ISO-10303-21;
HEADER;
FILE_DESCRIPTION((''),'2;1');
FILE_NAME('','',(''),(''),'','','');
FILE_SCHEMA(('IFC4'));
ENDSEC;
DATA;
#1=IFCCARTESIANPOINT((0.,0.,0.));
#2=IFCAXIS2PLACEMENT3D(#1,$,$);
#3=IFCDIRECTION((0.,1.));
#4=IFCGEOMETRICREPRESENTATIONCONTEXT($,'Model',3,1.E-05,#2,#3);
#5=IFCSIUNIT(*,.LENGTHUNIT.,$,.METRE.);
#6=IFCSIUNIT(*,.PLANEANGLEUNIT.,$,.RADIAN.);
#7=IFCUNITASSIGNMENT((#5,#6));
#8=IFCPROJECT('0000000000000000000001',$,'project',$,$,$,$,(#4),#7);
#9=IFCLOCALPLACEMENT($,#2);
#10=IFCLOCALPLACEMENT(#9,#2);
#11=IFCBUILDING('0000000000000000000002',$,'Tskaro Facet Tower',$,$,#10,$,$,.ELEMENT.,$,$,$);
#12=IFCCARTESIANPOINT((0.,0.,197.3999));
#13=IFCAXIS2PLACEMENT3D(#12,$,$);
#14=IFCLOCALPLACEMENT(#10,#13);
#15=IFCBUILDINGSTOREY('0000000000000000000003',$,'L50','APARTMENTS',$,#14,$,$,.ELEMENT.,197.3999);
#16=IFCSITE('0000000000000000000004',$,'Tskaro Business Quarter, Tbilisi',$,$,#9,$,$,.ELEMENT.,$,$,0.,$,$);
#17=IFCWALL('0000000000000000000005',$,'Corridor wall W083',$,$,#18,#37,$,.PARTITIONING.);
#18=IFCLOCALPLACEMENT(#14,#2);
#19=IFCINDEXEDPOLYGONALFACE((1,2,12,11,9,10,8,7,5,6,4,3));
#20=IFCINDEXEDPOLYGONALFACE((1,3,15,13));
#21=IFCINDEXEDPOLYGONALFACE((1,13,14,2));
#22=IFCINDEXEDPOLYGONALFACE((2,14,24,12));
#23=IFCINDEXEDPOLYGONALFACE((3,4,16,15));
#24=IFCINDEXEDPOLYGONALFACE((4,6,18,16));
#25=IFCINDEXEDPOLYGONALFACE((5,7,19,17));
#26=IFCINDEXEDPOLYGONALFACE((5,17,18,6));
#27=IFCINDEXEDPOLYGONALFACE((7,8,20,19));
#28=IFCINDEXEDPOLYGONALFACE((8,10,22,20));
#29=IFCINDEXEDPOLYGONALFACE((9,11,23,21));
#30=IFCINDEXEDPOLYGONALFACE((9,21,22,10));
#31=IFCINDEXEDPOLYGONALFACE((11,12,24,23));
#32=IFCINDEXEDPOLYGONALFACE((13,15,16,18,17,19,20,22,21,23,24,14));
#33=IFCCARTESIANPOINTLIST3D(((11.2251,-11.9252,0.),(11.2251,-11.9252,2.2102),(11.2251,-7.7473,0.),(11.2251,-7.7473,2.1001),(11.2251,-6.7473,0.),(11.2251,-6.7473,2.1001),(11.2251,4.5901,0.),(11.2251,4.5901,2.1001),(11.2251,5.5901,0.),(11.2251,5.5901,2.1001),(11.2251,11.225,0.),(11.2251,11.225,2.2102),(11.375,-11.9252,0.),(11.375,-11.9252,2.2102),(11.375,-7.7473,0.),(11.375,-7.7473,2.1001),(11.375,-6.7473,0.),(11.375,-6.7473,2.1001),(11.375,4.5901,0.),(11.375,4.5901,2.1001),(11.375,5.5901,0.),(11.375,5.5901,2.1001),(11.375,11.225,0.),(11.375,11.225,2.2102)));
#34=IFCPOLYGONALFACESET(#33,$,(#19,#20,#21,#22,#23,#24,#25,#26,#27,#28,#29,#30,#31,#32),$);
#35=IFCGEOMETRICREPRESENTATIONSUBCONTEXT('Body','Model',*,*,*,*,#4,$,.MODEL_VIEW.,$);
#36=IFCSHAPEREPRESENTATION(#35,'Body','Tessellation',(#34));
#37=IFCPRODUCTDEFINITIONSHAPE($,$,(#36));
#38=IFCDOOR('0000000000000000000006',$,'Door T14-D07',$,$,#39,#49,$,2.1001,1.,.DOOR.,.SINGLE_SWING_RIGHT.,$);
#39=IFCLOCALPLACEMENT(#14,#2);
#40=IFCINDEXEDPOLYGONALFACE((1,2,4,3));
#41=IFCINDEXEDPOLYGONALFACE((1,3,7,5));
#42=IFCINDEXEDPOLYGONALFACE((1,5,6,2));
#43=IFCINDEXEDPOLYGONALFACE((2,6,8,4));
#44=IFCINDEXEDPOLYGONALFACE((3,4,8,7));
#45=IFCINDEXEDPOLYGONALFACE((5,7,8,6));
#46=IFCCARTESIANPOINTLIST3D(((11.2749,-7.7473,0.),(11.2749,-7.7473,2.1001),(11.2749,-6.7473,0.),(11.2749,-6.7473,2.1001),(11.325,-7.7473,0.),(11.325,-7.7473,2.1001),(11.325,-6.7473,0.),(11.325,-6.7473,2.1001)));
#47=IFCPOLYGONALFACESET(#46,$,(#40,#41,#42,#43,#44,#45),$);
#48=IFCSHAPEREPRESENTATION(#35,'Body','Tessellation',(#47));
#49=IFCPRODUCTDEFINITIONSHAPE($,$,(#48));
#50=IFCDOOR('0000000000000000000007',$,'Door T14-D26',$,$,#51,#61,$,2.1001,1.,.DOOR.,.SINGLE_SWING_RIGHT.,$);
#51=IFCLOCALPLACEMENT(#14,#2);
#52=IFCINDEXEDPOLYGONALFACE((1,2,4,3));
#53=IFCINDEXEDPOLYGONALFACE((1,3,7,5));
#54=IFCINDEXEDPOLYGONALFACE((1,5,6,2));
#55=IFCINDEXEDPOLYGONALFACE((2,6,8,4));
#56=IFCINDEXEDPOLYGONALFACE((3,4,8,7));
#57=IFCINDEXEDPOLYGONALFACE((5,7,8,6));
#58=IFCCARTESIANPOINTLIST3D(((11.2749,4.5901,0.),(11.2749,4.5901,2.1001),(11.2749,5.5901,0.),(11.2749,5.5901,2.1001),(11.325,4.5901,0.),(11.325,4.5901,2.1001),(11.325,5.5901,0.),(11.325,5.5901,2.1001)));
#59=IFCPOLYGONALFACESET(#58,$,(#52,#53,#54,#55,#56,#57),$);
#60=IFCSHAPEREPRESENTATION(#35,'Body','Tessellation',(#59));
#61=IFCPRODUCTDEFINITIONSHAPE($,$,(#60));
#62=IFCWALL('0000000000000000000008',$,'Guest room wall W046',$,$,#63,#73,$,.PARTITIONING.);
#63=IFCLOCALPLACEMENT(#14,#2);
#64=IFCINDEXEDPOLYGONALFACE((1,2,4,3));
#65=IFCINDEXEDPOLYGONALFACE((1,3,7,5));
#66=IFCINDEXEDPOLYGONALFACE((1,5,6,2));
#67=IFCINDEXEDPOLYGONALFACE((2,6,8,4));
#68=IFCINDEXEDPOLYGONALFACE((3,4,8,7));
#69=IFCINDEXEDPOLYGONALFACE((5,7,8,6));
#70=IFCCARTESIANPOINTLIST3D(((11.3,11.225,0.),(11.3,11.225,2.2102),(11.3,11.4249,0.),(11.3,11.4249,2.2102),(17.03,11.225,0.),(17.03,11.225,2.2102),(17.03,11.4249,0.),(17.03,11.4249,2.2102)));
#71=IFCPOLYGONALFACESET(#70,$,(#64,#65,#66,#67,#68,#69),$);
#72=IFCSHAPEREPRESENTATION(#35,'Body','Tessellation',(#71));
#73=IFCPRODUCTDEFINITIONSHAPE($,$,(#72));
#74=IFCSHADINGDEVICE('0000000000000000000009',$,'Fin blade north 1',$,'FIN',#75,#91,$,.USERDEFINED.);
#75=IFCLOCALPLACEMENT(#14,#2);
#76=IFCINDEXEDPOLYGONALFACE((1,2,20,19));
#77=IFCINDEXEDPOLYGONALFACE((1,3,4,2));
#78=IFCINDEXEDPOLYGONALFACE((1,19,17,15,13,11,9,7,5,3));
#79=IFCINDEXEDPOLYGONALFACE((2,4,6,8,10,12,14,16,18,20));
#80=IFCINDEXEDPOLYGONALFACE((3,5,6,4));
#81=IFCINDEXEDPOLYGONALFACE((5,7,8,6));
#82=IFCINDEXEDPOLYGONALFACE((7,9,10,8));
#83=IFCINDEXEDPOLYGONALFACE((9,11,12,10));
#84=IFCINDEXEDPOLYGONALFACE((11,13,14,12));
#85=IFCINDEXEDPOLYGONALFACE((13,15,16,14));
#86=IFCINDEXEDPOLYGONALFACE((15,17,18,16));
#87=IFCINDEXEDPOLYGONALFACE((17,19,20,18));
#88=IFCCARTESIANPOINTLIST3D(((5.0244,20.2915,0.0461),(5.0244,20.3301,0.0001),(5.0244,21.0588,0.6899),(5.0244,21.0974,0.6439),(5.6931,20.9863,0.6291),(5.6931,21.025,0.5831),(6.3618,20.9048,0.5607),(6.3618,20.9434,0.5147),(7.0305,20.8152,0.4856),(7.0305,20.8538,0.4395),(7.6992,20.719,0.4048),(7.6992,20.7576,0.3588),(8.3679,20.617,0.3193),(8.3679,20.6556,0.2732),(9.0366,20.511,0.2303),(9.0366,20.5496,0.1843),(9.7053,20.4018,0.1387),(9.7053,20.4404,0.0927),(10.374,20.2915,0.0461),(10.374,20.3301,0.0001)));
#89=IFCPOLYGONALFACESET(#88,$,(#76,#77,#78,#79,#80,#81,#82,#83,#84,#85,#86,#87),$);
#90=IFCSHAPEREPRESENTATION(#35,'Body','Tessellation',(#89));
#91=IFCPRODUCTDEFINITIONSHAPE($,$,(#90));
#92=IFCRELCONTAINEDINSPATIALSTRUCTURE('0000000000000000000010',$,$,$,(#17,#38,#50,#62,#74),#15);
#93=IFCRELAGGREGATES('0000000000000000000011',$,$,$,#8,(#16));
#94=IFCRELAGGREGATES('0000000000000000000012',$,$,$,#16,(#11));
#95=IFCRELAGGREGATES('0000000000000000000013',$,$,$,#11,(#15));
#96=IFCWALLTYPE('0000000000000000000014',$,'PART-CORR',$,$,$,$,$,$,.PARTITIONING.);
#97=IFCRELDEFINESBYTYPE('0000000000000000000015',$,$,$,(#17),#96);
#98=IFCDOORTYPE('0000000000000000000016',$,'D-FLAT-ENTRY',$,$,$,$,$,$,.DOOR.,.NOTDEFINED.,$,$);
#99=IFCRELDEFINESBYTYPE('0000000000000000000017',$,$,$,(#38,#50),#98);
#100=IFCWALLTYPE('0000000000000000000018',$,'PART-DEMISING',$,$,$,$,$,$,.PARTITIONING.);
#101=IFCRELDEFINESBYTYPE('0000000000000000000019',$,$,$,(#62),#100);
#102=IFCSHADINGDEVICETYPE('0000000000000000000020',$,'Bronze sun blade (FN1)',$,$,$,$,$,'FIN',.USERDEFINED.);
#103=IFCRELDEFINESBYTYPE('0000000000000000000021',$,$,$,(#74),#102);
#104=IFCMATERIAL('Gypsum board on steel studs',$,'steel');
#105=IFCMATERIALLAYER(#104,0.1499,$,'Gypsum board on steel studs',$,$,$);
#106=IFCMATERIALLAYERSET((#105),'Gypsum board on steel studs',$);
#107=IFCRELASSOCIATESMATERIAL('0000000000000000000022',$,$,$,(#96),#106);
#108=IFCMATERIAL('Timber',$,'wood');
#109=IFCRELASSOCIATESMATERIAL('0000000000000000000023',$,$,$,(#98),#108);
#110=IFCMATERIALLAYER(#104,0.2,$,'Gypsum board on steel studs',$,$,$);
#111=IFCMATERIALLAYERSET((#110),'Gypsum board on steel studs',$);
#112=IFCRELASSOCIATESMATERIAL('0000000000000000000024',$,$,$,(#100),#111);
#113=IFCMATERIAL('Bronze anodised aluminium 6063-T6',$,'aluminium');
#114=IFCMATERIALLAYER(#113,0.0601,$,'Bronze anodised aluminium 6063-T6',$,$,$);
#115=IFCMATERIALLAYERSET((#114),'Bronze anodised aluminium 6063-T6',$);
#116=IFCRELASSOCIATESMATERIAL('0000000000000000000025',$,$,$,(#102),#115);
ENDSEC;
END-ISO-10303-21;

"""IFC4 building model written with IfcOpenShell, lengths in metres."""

from ifc_helpers import new_model, si_unit, direction, frame, frame_2d, origin, place, context, subcontext, project, spatial, polyline, rectangle, outline, extrude, material, layer, layer_set, type_object, element, fill, save


model = new_model("IFC4")

# Units and contexts
model_context = context("Model", 3, precision=1e-05, world=origin(), true_north=direction((0.0, 1.0)))
body_context = subcontext(model_context, "Body", "Model", "MODEL_VIEW")
ifc_project = project(units=[si_unit("LENGTHUNIT", "METRE"), si_unit("PLANEANGLEUNIT", "RADIAN")], contexts=[model_context])

# Site, building, storey
site_placement = place(None, origin())
site = spatial("IfcSite", under=ifc_project, at=site_placement, Name="Tskaro Business Quarter, Tbilisi", CompositionType="ELEMENT", RefElevation=0.0)
building_placement = place(site_placement, origin())
building = spatial("IfcBuilding", under=site, at=building_placement, Name="Tskaro Facet Tower", CompositionType="ELEMENT")
storey_placement = place(building_placement, frame((0.0, 0.0, 197.3999)))
storey = spatial("IfcBuildingStorey", under=building, at=storey_placement, Name="L50", Description="APARTMENTS", CompositionType="ELEMENT", Elevation=197.3999)

# Shared definitions
ifc_material_1 = material(Name="Bronze anodised aluminium 6063-T6", Category="aluminium")

# Wall, openings, doors
ifc_material_2 = material(Name="Gypsum board on steel studs", Category="steel")
ifc_layer_1 = layer(ifc_material_2, 0.1499, Name="Gypsum board on steel studs")
ifc_layer_set_1 = layer_set([ifc_layer_1], Name="Gypsum board on steel studs")
wall_type_1 = type_object("IfcWallType", Name="PART-CORR", PredefinedType="PARTITIONING", material=ifc_layer_set_1)
wall_1_placement = place(storey_placement, frame((11.3, 11.2251, 0.0), z_axis=(0.0, 0.0, 1.0), x_axis=(0.0, -1.0, 0.0)))
wall_1 = element("IfcWall", 1, at=wall_1_placement, inside=storey, type_object=wall_type_1, Name="Corridor wall W083", PredefinedType="PARTITIONING", context=body_context, shape_type="SweptSolid", body=[
    extrude(rectangle(XDim=23.1501, YDim=0.1499, at=frame_2d((11.5752, 0.0))), origin(), (0.0, 0.0, 1.0), 2.2102),
])
opening_1_placement = place(wall_1_placement, frame((17.9724, 0.0, 0.0)))
opening_1 = element("IfcOpeningElement", 2, at=opening_1_placement, cuts=wall_1, PredefinedType="OPENING", context=body_context, shape_type="SweptSolid", body=[
    extrude(rectangle(XDim=1.0, YDim=2.1001, at=frame_2d((0.5, 1.05))), frame((0.0, 0.085, 0.0), z_axis=(0.0, -1.0, 0.0), x_axis=(1.0, 0.0, 0.0)), (0.0, 0.0, 1.0), 0.1699),
])
opening_2_placement = place(wall_1_placement, frame((5.635, 0.0, 0.0)))
opening_2 = element("IfcOpeningElement", 3, at=opening_2_placement, cuts=wall_1, PredefinedType="OPENING", context=body_context, shape_type="SweptSolid", body=[
    extrude(rectangle(XDim=1.0, YDim=2.1001, at=frame_2d((0.5, 1.05))), frame((0.0, 0.085, 0.0), z_axis=(0.0, -1.0, 0.0), x_axis=(1.0, 0.0, 0.0)), (0.0, 0.0, 1.0), 0.1699),
])
ifc_material_3 = material(Name="Timber", Category="wood")
door_type = type_object("IfcDoorType", Name="D-FLAT-ENTRY", OperationType="NOTDEFINED", PredefinedType="DOOR", material=ifc_material_3)
door_1_placement = place(opening_1_placement, origin())
door_1 = element("IfcDoor", 4, at=door_1_placement, inside=storey, type_object=door_type, Name="Door T14-D07", OperationType="SINGLE_SWING_RIGHT", OverallHeight=2.1001, OverallWidth=1.0, PredefinedType="DOOR", context=body_context, shape_type="SweptSolid", body=[
    extrude(rectangle(XDim=1.0, YDim=2.1001, at=frame_2d((0.5, 1.05))), frame((0.0, 0.0249, 0.0), z_axis=(0.0, -1.0, 0.0), x_axis=(1.0, 0.0, 0.0)), (0.0, 0.0, 1.0), 0.05),
])
fill(opening_1, door_1)
door_2_placement = place(opening_2_placement, origin())
door_2 = element("IfcDoor", 5, at=door_2_placement, inside=storey, type_object=door_type, Name="Door T14-D26", OperationType="SINGLE_SWING_RIGHT", OverallHeight=2.1001, OverallWidth=1.0, PredefinedType="DOOR", context=body_context, shape_type="SweptSolid", body=[
    extrude(rectangle(XDim=1.0, YDim=2.1001, at=frame_2d((0.5, 1.05))), frame((0.0, 0.0249, 0.0), z_axis=(0.0, -1.0, 0.0), x_axis=(1.0, 0.0, 0.0)), (0.0, 0.0, 1.0), 0.05),
])
fill(opening_2, door_2)

# Wall
ifc_layer_2 = layer(ifc_material_2, 0.2, Name="Gypsum board on steel studs")
ifc_layer_set_2 = layer_set([ifc_layer_2], Name="Gypsum board on steel studs")
wall_type_2 = type_object("IfcWallType", Name="PART-DEMISING", PredefinedType="PARTITIONING", material=ifc_layer_set_2)
wall_2_placement = place(storey_placement, frame((11.3, 11.325, 0.0), z_axis=(0.0, 0.0, 1.0), x_axis=(1.0, 0.0, 0.0)))
element("IfcWall", 6, at=wall_2_placement, inside=storey, type_object=wall_type_2, Name="Guest room wall W046", PredefinedType="PARTITIONING", context=body_context, shape_type="SweptSolid", body=[
    extrude(rectangle(XDim=5.73, YDim=0.2, at=frame_2d((2.865, 0.0))), origin(), (0.0, 0.0, 1.0), 2.2102),
])

# Shading device
ifc_layer_3 = layer(ifc_material_1, 0.0601, Name="Bronze anodised aluminium 6063-T6")
ifc_layer_set_3 = layer_set([ifc_layer_3], Name="Bronze anodised aluminium 6063-T6")
shading_device_type = type_object("IfcShadingDeviceType", Name="Bronze sun blade (FN1)", ElementType="FIN", PredefinedType="USERDEFINED", material=ifc_layer_set_3)
shading_device_placement = place(storey_placement, frame((10.374, 20.2915, 0.0461), z_axis=(-0.000007, -0.642777, 0.766053), x_axis=(-1.0, 0.000004, -0.000005)))
element("IfcShadingDevice", 7, at=shading_device_placement, inside=storey, type_object=shading_device_type, Name="Fin blade north 1", ObjectType="FIN", PredefinedType="USERDEFINED", context=body_context, shape_type="SweptSolid", body=[
    extrude(outline(polyline([(0.0, 0.0), (5.3496, 0.0), (5.3496, -1.0016), (4.6809, -0.907), (4.0122, -0.8006), (3.3435, -0.6836), (2.6748, -0.558), (2.0061, -0.4249), (1.3374, -0.2865), (0.6687, -0.144), (0.0, 0.0)])), origin(), (0.0, 0.0, -1.0), 0.0601),
])

save(model, "model.ifc")
